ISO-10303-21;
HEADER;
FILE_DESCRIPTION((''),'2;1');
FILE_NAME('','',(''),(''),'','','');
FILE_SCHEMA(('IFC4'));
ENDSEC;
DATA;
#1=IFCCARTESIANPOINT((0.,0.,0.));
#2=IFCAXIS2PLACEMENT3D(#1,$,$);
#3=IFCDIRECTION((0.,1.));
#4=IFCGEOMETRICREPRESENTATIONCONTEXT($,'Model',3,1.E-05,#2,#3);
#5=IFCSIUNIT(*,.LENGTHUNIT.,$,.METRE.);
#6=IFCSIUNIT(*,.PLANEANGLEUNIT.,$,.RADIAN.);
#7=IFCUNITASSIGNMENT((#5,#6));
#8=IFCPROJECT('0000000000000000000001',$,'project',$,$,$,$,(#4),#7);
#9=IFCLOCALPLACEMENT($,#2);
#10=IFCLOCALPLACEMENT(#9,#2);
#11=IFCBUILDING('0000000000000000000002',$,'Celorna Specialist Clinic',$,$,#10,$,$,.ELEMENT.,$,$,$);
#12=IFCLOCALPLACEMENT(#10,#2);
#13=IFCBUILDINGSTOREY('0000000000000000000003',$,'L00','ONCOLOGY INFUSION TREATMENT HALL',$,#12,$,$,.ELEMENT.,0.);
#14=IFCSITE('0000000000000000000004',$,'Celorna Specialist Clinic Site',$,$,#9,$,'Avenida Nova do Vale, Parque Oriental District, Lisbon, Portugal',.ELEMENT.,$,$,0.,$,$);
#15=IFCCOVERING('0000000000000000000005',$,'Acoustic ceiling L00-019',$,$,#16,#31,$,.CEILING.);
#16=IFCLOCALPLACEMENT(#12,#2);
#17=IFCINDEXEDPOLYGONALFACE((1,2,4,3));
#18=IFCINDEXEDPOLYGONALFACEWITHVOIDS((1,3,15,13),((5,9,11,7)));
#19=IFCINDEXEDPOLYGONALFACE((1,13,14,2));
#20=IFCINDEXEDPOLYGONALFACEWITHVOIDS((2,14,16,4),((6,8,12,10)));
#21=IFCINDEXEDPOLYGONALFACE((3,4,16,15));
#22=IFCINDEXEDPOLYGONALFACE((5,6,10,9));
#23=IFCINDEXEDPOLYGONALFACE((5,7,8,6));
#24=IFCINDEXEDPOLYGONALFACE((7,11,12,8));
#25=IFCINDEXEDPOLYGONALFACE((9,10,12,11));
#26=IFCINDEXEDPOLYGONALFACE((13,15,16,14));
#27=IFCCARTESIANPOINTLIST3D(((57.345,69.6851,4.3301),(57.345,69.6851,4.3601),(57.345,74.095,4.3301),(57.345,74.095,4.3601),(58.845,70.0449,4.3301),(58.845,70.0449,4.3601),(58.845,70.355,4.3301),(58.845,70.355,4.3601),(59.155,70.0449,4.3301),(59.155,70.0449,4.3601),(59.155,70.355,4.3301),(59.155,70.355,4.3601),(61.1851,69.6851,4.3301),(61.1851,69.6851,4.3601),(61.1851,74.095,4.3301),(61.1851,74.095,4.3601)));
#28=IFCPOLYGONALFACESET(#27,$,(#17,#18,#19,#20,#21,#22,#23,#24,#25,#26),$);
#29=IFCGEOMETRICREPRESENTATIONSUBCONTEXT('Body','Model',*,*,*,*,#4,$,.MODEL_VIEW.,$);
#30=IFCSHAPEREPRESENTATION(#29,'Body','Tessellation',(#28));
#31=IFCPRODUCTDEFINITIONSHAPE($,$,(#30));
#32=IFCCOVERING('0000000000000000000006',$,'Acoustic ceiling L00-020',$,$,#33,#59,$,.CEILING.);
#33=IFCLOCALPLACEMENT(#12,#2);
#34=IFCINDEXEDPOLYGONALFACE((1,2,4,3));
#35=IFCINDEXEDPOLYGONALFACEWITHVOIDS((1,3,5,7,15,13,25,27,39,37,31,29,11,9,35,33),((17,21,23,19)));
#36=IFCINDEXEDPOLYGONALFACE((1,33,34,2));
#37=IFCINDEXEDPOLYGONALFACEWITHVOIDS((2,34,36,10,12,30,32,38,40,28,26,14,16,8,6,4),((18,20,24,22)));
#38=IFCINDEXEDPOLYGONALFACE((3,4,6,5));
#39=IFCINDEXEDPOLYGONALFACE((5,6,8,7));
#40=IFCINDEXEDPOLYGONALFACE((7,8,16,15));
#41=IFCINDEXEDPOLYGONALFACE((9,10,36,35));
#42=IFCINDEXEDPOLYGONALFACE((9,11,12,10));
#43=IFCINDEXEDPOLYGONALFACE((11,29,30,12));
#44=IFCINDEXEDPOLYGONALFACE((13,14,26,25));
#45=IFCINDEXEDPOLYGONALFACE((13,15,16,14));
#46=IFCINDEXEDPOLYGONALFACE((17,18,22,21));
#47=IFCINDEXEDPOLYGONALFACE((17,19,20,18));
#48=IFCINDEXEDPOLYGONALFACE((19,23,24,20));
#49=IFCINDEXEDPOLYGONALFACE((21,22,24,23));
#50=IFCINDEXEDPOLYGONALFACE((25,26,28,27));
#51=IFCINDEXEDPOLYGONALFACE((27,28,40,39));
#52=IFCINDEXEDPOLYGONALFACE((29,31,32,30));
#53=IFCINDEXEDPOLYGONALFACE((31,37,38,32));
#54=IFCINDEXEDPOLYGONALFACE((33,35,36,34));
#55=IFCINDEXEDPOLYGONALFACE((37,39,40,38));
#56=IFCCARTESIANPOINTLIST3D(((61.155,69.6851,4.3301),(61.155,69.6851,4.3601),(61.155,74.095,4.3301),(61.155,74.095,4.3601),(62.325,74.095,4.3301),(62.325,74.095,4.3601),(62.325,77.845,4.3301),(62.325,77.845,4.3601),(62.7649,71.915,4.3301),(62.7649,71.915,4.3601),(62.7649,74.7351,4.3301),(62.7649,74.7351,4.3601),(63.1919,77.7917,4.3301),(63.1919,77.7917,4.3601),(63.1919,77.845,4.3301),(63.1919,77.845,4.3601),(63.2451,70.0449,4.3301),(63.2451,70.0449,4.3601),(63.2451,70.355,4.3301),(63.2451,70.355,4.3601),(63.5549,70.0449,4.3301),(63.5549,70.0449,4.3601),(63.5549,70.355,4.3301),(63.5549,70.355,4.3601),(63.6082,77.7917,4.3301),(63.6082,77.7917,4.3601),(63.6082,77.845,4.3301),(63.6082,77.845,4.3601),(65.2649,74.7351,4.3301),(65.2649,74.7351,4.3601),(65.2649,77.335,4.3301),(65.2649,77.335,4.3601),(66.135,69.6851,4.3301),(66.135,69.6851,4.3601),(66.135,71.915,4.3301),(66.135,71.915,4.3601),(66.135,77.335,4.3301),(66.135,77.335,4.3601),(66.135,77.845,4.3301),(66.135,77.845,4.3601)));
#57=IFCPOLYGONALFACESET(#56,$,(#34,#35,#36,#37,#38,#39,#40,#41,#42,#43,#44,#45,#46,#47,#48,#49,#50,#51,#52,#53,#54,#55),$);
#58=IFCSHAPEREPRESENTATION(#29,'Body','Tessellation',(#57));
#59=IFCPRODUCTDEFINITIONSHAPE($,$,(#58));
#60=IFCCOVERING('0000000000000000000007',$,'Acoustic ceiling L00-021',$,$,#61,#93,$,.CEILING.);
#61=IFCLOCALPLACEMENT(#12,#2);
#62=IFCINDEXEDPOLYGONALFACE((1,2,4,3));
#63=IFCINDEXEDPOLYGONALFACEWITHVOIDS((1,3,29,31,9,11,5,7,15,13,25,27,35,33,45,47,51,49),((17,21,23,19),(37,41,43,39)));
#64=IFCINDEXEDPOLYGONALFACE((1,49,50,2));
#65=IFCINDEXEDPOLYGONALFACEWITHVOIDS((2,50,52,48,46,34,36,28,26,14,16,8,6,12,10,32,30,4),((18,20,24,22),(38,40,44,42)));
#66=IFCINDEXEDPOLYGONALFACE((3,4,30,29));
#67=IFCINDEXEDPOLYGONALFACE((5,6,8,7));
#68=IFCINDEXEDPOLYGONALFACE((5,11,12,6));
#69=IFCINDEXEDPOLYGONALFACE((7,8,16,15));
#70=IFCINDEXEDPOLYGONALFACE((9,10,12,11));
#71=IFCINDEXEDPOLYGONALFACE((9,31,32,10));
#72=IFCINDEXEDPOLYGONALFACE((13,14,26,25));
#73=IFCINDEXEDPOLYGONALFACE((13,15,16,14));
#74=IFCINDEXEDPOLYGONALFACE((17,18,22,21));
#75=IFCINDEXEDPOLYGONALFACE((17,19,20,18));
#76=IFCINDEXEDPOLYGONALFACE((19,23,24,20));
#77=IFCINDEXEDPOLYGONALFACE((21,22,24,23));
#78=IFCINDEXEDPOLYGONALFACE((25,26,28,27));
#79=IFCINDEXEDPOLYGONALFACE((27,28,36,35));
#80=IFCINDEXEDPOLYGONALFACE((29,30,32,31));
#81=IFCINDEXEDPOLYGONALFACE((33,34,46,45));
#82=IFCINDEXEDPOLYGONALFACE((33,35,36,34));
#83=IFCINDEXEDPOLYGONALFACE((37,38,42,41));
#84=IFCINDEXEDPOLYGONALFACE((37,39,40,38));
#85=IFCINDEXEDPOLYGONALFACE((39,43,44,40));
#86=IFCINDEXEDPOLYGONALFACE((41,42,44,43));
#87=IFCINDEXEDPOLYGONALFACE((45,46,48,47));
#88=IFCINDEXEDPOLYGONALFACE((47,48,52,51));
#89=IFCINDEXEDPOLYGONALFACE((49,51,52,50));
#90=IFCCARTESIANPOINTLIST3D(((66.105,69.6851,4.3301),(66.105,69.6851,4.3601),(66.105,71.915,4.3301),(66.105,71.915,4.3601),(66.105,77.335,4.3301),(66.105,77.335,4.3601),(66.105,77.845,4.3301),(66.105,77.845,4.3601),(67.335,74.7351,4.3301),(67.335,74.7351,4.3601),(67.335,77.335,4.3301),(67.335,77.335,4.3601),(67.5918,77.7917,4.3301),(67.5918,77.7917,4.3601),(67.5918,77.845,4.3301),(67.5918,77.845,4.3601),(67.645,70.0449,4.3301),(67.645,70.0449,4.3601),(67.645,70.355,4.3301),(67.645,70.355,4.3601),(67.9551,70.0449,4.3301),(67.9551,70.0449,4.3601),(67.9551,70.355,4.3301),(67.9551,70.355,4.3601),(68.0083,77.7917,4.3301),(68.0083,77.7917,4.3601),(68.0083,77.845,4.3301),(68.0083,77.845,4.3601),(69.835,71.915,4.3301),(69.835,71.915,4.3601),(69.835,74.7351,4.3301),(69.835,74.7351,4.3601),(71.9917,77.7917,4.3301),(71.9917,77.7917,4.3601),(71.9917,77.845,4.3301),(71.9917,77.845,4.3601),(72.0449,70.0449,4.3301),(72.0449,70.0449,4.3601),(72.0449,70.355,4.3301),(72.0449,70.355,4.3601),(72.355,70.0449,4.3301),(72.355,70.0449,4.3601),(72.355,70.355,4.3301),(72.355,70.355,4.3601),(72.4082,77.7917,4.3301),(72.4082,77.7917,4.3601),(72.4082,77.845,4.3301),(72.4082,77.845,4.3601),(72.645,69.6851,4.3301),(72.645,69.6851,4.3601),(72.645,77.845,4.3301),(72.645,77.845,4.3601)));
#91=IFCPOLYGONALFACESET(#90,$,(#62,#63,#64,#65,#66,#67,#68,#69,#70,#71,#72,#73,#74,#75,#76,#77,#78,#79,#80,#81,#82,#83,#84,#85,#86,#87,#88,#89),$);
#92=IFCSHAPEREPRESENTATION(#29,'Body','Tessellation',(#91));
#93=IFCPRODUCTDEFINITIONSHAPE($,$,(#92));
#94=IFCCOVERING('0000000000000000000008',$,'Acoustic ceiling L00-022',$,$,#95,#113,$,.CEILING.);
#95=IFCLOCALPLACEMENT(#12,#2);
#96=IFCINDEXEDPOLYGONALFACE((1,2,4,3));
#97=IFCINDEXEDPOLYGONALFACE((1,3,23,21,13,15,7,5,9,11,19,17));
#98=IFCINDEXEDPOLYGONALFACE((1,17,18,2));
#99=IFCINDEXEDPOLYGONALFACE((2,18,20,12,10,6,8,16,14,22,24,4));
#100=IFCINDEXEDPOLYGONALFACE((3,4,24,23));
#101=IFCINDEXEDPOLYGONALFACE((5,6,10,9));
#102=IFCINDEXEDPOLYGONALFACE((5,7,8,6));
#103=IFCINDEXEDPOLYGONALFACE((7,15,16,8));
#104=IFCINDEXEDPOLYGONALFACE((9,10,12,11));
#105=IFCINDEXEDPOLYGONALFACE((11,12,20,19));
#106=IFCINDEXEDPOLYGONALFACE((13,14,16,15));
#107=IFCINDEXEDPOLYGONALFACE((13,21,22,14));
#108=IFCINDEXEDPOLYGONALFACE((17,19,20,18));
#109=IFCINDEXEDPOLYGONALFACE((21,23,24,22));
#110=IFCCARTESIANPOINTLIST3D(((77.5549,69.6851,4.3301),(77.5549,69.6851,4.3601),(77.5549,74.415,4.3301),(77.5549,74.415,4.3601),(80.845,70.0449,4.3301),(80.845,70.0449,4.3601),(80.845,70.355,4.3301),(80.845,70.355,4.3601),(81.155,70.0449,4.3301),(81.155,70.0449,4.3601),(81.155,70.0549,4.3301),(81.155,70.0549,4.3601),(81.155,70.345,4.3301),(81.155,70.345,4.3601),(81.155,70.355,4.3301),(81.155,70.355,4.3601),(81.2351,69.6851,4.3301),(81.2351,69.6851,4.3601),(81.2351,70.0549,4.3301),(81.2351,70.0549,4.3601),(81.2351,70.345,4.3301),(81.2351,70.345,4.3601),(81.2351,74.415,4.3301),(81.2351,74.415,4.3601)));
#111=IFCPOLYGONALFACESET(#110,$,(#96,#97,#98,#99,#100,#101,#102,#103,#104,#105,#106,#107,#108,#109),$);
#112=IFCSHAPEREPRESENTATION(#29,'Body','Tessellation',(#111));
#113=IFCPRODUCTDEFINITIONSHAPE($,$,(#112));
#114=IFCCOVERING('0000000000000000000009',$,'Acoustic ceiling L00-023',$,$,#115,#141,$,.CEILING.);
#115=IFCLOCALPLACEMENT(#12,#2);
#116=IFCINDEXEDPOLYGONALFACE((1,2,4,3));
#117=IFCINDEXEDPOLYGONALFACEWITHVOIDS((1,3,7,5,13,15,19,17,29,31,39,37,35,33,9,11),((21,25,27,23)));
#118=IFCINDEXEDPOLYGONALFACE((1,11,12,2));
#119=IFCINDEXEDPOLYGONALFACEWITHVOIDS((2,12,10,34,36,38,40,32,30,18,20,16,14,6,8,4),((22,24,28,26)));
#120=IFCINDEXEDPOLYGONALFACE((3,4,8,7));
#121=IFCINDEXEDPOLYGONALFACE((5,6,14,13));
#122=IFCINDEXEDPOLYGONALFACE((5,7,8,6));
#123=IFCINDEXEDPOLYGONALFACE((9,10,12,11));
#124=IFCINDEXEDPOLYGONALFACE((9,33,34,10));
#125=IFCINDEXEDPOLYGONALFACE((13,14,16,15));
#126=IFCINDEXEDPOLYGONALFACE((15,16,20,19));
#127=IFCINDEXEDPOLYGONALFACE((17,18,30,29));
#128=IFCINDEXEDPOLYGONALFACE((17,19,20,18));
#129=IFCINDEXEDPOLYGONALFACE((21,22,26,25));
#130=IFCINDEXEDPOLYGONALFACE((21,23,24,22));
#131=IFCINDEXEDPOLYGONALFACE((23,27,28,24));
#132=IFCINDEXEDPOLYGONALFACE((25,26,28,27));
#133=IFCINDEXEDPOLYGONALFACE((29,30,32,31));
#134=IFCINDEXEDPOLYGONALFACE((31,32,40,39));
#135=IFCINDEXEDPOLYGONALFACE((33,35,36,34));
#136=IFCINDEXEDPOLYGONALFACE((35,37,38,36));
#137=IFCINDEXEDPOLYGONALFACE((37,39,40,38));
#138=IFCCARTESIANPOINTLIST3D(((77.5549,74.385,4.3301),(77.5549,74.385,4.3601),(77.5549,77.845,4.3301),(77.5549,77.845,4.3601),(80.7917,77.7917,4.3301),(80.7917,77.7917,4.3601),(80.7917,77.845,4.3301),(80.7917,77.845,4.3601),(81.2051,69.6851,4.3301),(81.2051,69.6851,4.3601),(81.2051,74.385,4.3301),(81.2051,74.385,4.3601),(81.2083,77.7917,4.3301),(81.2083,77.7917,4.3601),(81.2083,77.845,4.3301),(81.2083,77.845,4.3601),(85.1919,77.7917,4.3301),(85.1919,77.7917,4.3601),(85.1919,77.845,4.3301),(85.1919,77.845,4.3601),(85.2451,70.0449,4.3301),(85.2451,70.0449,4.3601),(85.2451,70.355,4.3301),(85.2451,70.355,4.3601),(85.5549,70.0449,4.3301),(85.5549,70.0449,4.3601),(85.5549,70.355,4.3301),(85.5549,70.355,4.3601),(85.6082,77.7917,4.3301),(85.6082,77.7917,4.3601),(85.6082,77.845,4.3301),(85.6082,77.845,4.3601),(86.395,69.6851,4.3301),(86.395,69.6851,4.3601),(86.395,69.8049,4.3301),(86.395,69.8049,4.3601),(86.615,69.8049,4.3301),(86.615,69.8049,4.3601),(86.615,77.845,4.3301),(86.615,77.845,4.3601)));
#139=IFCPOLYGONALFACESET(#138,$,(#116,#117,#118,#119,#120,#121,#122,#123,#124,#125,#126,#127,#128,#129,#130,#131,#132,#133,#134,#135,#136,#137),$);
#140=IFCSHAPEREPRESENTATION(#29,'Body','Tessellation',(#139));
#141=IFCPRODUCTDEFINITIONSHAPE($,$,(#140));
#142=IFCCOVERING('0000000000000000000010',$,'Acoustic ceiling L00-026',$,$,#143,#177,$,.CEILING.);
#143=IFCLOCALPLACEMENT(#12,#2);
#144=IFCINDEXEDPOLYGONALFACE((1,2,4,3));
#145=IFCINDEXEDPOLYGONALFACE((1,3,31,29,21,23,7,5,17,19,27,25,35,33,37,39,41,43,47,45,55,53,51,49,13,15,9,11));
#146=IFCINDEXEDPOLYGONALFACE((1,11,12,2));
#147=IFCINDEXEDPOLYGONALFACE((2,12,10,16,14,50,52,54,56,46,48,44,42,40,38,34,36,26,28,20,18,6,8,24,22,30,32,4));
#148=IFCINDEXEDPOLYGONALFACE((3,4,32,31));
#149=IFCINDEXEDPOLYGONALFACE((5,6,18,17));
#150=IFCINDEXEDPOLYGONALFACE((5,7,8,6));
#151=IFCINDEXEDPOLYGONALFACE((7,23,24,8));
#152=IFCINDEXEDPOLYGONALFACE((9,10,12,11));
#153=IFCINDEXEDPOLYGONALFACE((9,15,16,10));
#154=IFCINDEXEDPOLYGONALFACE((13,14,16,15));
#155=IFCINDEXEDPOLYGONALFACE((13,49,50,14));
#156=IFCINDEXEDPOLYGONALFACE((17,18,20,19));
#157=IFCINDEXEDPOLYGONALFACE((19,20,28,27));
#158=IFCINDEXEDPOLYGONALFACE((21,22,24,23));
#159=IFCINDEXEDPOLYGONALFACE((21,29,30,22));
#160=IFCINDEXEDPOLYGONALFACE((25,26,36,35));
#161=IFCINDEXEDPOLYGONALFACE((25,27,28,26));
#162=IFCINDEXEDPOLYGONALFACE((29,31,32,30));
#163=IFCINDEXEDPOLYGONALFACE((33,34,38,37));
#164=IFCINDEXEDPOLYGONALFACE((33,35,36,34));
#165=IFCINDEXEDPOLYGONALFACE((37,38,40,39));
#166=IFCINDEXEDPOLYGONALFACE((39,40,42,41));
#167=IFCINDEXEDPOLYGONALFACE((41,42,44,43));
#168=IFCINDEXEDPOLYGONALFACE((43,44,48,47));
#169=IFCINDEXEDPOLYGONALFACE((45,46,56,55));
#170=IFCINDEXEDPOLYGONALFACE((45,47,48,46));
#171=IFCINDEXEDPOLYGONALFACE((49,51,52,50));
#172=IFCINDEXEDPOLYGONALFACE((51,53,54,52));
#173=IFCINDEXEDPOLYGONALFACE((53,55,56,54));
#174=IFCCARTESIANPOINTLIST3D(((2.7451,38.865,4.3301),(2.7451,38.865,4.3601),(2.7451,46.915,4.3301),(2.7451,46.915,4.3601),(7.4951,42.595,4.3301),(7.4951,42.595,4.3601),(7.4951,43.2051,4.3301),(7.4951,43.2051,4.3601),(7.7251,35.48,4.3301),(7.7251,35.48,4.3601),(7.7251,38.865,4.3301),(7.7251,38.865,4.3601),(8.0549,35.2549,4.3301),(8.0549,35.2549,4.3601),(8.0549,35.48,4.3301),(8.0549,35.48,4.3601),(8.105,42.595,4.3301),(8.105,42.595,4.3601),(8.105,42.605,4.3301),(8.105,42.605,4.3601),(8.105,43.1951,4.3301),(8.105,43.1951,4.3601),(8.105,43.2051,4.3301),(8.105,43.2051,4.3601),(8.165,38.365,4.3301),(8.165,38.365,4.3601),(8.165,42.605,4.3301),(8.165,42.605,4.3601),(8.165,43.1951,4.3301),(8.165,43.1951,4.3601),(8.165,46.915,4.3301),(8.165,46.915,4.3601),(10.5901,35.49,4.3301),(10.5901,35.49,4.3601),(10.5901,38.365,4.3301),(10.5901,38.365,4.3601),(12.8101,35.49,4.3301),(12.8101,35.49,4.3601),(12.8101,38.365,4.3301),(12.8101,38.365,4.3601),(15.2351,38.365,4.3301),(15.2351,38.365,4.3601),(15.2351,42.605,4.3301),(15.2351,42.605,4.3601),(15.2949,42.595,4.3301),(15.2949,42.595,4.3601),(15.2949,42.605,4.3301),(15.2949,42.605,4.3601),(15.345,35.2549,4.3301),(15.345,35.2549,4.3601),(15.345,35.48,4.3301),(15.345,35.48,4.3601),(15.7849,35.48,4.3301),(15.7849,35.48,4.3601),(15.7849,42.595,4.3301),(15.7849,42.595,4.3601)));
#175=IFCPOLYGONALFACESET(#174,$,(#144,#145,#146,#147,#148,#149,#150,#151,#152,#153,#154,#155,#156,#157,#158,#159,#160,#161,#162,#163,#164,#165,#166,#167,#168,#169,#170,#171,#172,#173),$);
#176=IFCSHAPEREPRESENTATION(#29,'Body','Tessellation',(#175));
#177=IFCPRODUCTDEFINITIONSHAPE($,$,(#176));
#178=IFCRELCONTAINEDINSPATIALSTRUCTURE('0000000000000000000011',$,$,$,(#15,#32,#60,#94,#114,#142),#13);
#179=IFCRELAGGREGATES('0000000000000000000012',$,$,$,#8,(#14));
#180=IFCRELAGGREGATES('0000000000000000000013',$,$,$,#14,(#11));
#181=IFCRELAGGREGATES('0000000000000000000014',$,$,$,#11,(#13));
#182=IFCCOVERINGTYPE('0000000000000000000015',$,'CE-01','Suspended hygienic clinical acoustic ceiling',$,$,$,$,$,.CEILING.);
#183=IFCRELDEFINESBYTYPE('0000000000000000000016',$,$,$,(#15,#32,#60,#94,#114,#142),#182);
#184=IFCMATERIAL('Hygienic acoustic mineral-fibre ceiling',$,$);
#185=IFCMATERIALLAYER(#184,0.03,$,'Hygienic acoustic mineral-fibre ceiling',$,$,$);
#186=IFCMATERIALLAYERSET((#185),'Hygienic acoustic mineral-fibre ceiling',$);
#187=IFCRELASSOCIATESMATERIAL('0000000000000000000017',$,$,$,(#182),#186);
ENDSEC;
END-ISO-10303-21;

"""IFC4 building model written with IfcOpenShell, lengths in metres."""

from ifc_helpers import new_model, si_unit, direction, frame, origin, place, context, subcontext, project, spatial, polyline, outline, extrude, material, layer, layer_set, type_object, element, save


model = new_model("IFC4")

# Units and contexts
model_context = context("Model", 3, precision=1e-05, world=origin(), true_north=direction((0.0, 1.0)))
body_context = subcontext(model_context, "Body", "Model", "MODEL_VIEW")
ifc_project = project(units=[si_unit("LENGTHUNIT", "METRE"), si_unit("PLANEANGLEUNIT", "RADIAN")], contexts=[model_context])

# Site, building, storey
site_placement = place(None, origin())
site = spatial("IfcSite", under=ifc_project, at=site_placement, Name="Celorna Specialist Clinic Site", LongName="Avenida Nova do Vale, Parque Oriental District, Lisbon, Portugal", CompositionType="ELEMENT", RefElevation=0.0)
building_placement = place(site_placement, origin())
building = spatial("IfcBuilding", under=site, at=building_placement, Name="Celorna Specialist Clinic", CompositionType="ELEMENT")
storey_placement = place(building_placement, origin())
storey = spatial("IfcBuildingStorey", under=building, at=storey_placement, Name="L00", Description="ONCOLOGY INFUSION TREATMENT HALL", CompositionType="ELEMENT", Elevation=0.0)

# Coverings
ifc_material_1 = material(Name="Hygienic acoustic mineral-fibre ceiling")
ifc_layer_1 = layer(ifc_material_1, 0.03, Name="Hygienic acoustic mineral-fibre ceiling")
ifc_layer_set_1 = layer_set([ifc_layer_1], Name="Hygienic acoustic mineral-fibre ceiling")
covering_type = type_object("IfcCoveringType", Name="CE-01", Description="Suspended hygienic clinical acoustic ceiling", PredefinedType="CEILING", material=ifc_layer_set_1)
covering_1_placement = place(storey_placement, frame((0.0, 0.0, 4.3301)))
element("IfcCovering", 1, at=covering_1_placement, inside=storey, type_object=covering_type, Name="Acoustic ceiling L00-019", PredefinedType="CEILING", context=body_context, shape_type="SweptSolid", body=[
    extrude(outline(polyline([(57.345, 74.095), (61.1851, 74.095), (61.1851, 69.6851), (57.345, 69.6851), (57.345, 74.095)]), holes=[polyline([(59.155, 70.0449), (59.155, 70.355), (58.845, 70.355), (58.845, 70.0449), (59.155, 70.0449)])]), origin(), (0.0, 0.0, 1.0), 0.03),
])
covering_2_placement = place(storey_placement, frame((0.0, 0.0, 4.3301)))
element("IfcCovering", 2, at=covering_2_placement, inside=storey, type_object=covering_type, Name="Acoustic ceiling L00-020", PredefinedType="CEILING", context=body_context, shape_type="SweptSolid", body=[
    extrude(outline(polyline([(63.1919, 77.845), (63.1919, 77.7917), (63.6082, 77.7917), (63.6082, 77.845), (66.135, 77.845), (66.135, 77.335), (65.2649, 77.335), (65.2649, 74.7351), (62.7649, 74.7351), (62.7649, 71.915), (66.135, 71.915), (66.135, 69.6851), (61.155, 69.6851), (61.155, 74.095), (62.325, 74.095), (62.325, 77.845), (63.1919, 77.845)]), holes=[polyline([(63.5549, 70.355), (63.2451, 70.355), (63.2451, 70.0449), (63.5549, 70.0449), (63.5549, 70.355)])]), origin(), (0.0, 0.0, 1.0), 0.03),
])
covering_3_placement = place(storey_placement, frame((0.0, 0.0, 4.3301)))
element("IfcCovering", 3, at=covering_3_placement, inside=storey, type_object=covering_type, Name="Acoustic ceiling L00-021", PredefinedType="CEILING", context=body_context, shape_type="SweptSolid", body=[
    extrude(outline(polyline([(71.9917, 77.845), (71.9917, 77.7917), (72.4082, 77.7917), (72.4082, 77.845), (72.645, 77.845), (72.645, 69.6851), (66.105, 69.6851), (66.105, 71.915), (69.835, 71.915), (69.835, 74.7351), (67.335, 74.7351), (67.335, 77.335), (66.105, 77.335), (66.105, 77.845), (67.5918, 77.845), (67.5918, 77.7917), (68.0083, 77.7917), (68.0083, 77.845), (71.9917, 77.845)]), holes=[polyline([(72.355, 70.0449), (72.355, 70.355), (72.0449, 70.355), (72.0449, 70.0449), (72.355, 70.0449)]), polyline([(67.9551, 70.0449), (67.9551, 70.355), (67.645, 70.355), (67.645, 70.0449), (67.9551, 70.0449)])]), origin(), (0.0, 0.0, 1.0), 0.03),
])
covering_4_placement = place(storey_placement, frame((0.0, 0.0, 4.3301)))
element("IfcCovering", 4, at=covering_4_placement, inside=storey, type_object=covering_type, Name="Acoustic ceiling L00-022", PredefinedType="CEILING", context=body_context, shape_type="SweptSolid", body=[
    extrude(outline(polyline([(81.2351, 74.415), (81.2351, 70.345), (81.155, 70.345), (81.155, 70.355), (80.845, 70.355), (80.845, 70.0449), (81.155, 70.0449), (81.155, 70.0549), (81.2351, 70.0549), (81.2351, 69.6851), (77.5549, 69.6851), (77.5549, 74.415), (81.2351, 74.415)])), origin(), (0.0, 0.0, 1.0), 0.03),
])
covering_5_placement = place(storey_placement, frame((0.0, 0.0, 4.3301)))
element("IfcCovering", 5, at=covering_5_placement, inside=storey, type_object=covering_type, Name="Acoustic ceiling L00-023", PredefinedType="CEILING", context=body_context, shape_type="SweptSolid", body=[
    extrude(outline(polyline([(85.1919, 77.845), (85.1919, 77.7917), (85.6082, 77.7917), (85.6082, 77.845), (86.615, 77.845), (86.615, 69.8049), (86.395, 69.8049), (86.395, 69.6851), (81.2051, 69.6851), (81.2051, 74.385), (77.5549, 74.385), (77.5549, 77.845), (80.7917, 77.845), (80.7917, 77.7917), (81.2083, 77.7917), (81.2083, 77.845), (85.1919, 77.845)]), holes=[polyline([(85.5549, 70.355), (85.2451, 70.355), (85.2451, 70.0449), (85.5549, 70.0449), (85.5549, 70.355)])]), origin(), (0.0, 0.0, 1.0), 0.03),
])
covering_6_placement = place(storey_placement, frame((0.0, 0.0, 4.3301)))
element("IfcCovering", 6, at=covering_6_placement, inside=storey, type_object=covering_type, Name="Acoustic ceiling L00-026", PredefinedType="CEILING", context=body_context, shape_type="SweptSolid", body=[
    extrude(outline(polyline([(8.165, 38.365), (10.5901, 38.365), (10.5901, 35.49), (12.8101, 35.49), (12.8101, 38.365), (15.2351, 38.365), (15.2351, 42.605), (15.2949, 42.605), (15.2949, 42.595), (15.7849, 42.595), (15.7849, 35.48), (15.345, 35.48), (15.345, 35.2549), (8.0549, 35.2549), (8.0549, 35.48), (7.7251, 35.48), (7.7251, 38.865), (2.7451, 38.865), (2.7451, 46.915), (8.165, 46.915), (8.165, 43.1951), (8.105, 43.1951), (8.105, 43.2051), (7.4951, 43.2051), (7.4951, 42.595), (8.105, 42.595), (8.105, 42.605), (8.165, 42.605), (8.165, 38.365)])), origin(), (0.0, 0.0, 1.0), 0.03),
])

save(model, "model.ifc")
